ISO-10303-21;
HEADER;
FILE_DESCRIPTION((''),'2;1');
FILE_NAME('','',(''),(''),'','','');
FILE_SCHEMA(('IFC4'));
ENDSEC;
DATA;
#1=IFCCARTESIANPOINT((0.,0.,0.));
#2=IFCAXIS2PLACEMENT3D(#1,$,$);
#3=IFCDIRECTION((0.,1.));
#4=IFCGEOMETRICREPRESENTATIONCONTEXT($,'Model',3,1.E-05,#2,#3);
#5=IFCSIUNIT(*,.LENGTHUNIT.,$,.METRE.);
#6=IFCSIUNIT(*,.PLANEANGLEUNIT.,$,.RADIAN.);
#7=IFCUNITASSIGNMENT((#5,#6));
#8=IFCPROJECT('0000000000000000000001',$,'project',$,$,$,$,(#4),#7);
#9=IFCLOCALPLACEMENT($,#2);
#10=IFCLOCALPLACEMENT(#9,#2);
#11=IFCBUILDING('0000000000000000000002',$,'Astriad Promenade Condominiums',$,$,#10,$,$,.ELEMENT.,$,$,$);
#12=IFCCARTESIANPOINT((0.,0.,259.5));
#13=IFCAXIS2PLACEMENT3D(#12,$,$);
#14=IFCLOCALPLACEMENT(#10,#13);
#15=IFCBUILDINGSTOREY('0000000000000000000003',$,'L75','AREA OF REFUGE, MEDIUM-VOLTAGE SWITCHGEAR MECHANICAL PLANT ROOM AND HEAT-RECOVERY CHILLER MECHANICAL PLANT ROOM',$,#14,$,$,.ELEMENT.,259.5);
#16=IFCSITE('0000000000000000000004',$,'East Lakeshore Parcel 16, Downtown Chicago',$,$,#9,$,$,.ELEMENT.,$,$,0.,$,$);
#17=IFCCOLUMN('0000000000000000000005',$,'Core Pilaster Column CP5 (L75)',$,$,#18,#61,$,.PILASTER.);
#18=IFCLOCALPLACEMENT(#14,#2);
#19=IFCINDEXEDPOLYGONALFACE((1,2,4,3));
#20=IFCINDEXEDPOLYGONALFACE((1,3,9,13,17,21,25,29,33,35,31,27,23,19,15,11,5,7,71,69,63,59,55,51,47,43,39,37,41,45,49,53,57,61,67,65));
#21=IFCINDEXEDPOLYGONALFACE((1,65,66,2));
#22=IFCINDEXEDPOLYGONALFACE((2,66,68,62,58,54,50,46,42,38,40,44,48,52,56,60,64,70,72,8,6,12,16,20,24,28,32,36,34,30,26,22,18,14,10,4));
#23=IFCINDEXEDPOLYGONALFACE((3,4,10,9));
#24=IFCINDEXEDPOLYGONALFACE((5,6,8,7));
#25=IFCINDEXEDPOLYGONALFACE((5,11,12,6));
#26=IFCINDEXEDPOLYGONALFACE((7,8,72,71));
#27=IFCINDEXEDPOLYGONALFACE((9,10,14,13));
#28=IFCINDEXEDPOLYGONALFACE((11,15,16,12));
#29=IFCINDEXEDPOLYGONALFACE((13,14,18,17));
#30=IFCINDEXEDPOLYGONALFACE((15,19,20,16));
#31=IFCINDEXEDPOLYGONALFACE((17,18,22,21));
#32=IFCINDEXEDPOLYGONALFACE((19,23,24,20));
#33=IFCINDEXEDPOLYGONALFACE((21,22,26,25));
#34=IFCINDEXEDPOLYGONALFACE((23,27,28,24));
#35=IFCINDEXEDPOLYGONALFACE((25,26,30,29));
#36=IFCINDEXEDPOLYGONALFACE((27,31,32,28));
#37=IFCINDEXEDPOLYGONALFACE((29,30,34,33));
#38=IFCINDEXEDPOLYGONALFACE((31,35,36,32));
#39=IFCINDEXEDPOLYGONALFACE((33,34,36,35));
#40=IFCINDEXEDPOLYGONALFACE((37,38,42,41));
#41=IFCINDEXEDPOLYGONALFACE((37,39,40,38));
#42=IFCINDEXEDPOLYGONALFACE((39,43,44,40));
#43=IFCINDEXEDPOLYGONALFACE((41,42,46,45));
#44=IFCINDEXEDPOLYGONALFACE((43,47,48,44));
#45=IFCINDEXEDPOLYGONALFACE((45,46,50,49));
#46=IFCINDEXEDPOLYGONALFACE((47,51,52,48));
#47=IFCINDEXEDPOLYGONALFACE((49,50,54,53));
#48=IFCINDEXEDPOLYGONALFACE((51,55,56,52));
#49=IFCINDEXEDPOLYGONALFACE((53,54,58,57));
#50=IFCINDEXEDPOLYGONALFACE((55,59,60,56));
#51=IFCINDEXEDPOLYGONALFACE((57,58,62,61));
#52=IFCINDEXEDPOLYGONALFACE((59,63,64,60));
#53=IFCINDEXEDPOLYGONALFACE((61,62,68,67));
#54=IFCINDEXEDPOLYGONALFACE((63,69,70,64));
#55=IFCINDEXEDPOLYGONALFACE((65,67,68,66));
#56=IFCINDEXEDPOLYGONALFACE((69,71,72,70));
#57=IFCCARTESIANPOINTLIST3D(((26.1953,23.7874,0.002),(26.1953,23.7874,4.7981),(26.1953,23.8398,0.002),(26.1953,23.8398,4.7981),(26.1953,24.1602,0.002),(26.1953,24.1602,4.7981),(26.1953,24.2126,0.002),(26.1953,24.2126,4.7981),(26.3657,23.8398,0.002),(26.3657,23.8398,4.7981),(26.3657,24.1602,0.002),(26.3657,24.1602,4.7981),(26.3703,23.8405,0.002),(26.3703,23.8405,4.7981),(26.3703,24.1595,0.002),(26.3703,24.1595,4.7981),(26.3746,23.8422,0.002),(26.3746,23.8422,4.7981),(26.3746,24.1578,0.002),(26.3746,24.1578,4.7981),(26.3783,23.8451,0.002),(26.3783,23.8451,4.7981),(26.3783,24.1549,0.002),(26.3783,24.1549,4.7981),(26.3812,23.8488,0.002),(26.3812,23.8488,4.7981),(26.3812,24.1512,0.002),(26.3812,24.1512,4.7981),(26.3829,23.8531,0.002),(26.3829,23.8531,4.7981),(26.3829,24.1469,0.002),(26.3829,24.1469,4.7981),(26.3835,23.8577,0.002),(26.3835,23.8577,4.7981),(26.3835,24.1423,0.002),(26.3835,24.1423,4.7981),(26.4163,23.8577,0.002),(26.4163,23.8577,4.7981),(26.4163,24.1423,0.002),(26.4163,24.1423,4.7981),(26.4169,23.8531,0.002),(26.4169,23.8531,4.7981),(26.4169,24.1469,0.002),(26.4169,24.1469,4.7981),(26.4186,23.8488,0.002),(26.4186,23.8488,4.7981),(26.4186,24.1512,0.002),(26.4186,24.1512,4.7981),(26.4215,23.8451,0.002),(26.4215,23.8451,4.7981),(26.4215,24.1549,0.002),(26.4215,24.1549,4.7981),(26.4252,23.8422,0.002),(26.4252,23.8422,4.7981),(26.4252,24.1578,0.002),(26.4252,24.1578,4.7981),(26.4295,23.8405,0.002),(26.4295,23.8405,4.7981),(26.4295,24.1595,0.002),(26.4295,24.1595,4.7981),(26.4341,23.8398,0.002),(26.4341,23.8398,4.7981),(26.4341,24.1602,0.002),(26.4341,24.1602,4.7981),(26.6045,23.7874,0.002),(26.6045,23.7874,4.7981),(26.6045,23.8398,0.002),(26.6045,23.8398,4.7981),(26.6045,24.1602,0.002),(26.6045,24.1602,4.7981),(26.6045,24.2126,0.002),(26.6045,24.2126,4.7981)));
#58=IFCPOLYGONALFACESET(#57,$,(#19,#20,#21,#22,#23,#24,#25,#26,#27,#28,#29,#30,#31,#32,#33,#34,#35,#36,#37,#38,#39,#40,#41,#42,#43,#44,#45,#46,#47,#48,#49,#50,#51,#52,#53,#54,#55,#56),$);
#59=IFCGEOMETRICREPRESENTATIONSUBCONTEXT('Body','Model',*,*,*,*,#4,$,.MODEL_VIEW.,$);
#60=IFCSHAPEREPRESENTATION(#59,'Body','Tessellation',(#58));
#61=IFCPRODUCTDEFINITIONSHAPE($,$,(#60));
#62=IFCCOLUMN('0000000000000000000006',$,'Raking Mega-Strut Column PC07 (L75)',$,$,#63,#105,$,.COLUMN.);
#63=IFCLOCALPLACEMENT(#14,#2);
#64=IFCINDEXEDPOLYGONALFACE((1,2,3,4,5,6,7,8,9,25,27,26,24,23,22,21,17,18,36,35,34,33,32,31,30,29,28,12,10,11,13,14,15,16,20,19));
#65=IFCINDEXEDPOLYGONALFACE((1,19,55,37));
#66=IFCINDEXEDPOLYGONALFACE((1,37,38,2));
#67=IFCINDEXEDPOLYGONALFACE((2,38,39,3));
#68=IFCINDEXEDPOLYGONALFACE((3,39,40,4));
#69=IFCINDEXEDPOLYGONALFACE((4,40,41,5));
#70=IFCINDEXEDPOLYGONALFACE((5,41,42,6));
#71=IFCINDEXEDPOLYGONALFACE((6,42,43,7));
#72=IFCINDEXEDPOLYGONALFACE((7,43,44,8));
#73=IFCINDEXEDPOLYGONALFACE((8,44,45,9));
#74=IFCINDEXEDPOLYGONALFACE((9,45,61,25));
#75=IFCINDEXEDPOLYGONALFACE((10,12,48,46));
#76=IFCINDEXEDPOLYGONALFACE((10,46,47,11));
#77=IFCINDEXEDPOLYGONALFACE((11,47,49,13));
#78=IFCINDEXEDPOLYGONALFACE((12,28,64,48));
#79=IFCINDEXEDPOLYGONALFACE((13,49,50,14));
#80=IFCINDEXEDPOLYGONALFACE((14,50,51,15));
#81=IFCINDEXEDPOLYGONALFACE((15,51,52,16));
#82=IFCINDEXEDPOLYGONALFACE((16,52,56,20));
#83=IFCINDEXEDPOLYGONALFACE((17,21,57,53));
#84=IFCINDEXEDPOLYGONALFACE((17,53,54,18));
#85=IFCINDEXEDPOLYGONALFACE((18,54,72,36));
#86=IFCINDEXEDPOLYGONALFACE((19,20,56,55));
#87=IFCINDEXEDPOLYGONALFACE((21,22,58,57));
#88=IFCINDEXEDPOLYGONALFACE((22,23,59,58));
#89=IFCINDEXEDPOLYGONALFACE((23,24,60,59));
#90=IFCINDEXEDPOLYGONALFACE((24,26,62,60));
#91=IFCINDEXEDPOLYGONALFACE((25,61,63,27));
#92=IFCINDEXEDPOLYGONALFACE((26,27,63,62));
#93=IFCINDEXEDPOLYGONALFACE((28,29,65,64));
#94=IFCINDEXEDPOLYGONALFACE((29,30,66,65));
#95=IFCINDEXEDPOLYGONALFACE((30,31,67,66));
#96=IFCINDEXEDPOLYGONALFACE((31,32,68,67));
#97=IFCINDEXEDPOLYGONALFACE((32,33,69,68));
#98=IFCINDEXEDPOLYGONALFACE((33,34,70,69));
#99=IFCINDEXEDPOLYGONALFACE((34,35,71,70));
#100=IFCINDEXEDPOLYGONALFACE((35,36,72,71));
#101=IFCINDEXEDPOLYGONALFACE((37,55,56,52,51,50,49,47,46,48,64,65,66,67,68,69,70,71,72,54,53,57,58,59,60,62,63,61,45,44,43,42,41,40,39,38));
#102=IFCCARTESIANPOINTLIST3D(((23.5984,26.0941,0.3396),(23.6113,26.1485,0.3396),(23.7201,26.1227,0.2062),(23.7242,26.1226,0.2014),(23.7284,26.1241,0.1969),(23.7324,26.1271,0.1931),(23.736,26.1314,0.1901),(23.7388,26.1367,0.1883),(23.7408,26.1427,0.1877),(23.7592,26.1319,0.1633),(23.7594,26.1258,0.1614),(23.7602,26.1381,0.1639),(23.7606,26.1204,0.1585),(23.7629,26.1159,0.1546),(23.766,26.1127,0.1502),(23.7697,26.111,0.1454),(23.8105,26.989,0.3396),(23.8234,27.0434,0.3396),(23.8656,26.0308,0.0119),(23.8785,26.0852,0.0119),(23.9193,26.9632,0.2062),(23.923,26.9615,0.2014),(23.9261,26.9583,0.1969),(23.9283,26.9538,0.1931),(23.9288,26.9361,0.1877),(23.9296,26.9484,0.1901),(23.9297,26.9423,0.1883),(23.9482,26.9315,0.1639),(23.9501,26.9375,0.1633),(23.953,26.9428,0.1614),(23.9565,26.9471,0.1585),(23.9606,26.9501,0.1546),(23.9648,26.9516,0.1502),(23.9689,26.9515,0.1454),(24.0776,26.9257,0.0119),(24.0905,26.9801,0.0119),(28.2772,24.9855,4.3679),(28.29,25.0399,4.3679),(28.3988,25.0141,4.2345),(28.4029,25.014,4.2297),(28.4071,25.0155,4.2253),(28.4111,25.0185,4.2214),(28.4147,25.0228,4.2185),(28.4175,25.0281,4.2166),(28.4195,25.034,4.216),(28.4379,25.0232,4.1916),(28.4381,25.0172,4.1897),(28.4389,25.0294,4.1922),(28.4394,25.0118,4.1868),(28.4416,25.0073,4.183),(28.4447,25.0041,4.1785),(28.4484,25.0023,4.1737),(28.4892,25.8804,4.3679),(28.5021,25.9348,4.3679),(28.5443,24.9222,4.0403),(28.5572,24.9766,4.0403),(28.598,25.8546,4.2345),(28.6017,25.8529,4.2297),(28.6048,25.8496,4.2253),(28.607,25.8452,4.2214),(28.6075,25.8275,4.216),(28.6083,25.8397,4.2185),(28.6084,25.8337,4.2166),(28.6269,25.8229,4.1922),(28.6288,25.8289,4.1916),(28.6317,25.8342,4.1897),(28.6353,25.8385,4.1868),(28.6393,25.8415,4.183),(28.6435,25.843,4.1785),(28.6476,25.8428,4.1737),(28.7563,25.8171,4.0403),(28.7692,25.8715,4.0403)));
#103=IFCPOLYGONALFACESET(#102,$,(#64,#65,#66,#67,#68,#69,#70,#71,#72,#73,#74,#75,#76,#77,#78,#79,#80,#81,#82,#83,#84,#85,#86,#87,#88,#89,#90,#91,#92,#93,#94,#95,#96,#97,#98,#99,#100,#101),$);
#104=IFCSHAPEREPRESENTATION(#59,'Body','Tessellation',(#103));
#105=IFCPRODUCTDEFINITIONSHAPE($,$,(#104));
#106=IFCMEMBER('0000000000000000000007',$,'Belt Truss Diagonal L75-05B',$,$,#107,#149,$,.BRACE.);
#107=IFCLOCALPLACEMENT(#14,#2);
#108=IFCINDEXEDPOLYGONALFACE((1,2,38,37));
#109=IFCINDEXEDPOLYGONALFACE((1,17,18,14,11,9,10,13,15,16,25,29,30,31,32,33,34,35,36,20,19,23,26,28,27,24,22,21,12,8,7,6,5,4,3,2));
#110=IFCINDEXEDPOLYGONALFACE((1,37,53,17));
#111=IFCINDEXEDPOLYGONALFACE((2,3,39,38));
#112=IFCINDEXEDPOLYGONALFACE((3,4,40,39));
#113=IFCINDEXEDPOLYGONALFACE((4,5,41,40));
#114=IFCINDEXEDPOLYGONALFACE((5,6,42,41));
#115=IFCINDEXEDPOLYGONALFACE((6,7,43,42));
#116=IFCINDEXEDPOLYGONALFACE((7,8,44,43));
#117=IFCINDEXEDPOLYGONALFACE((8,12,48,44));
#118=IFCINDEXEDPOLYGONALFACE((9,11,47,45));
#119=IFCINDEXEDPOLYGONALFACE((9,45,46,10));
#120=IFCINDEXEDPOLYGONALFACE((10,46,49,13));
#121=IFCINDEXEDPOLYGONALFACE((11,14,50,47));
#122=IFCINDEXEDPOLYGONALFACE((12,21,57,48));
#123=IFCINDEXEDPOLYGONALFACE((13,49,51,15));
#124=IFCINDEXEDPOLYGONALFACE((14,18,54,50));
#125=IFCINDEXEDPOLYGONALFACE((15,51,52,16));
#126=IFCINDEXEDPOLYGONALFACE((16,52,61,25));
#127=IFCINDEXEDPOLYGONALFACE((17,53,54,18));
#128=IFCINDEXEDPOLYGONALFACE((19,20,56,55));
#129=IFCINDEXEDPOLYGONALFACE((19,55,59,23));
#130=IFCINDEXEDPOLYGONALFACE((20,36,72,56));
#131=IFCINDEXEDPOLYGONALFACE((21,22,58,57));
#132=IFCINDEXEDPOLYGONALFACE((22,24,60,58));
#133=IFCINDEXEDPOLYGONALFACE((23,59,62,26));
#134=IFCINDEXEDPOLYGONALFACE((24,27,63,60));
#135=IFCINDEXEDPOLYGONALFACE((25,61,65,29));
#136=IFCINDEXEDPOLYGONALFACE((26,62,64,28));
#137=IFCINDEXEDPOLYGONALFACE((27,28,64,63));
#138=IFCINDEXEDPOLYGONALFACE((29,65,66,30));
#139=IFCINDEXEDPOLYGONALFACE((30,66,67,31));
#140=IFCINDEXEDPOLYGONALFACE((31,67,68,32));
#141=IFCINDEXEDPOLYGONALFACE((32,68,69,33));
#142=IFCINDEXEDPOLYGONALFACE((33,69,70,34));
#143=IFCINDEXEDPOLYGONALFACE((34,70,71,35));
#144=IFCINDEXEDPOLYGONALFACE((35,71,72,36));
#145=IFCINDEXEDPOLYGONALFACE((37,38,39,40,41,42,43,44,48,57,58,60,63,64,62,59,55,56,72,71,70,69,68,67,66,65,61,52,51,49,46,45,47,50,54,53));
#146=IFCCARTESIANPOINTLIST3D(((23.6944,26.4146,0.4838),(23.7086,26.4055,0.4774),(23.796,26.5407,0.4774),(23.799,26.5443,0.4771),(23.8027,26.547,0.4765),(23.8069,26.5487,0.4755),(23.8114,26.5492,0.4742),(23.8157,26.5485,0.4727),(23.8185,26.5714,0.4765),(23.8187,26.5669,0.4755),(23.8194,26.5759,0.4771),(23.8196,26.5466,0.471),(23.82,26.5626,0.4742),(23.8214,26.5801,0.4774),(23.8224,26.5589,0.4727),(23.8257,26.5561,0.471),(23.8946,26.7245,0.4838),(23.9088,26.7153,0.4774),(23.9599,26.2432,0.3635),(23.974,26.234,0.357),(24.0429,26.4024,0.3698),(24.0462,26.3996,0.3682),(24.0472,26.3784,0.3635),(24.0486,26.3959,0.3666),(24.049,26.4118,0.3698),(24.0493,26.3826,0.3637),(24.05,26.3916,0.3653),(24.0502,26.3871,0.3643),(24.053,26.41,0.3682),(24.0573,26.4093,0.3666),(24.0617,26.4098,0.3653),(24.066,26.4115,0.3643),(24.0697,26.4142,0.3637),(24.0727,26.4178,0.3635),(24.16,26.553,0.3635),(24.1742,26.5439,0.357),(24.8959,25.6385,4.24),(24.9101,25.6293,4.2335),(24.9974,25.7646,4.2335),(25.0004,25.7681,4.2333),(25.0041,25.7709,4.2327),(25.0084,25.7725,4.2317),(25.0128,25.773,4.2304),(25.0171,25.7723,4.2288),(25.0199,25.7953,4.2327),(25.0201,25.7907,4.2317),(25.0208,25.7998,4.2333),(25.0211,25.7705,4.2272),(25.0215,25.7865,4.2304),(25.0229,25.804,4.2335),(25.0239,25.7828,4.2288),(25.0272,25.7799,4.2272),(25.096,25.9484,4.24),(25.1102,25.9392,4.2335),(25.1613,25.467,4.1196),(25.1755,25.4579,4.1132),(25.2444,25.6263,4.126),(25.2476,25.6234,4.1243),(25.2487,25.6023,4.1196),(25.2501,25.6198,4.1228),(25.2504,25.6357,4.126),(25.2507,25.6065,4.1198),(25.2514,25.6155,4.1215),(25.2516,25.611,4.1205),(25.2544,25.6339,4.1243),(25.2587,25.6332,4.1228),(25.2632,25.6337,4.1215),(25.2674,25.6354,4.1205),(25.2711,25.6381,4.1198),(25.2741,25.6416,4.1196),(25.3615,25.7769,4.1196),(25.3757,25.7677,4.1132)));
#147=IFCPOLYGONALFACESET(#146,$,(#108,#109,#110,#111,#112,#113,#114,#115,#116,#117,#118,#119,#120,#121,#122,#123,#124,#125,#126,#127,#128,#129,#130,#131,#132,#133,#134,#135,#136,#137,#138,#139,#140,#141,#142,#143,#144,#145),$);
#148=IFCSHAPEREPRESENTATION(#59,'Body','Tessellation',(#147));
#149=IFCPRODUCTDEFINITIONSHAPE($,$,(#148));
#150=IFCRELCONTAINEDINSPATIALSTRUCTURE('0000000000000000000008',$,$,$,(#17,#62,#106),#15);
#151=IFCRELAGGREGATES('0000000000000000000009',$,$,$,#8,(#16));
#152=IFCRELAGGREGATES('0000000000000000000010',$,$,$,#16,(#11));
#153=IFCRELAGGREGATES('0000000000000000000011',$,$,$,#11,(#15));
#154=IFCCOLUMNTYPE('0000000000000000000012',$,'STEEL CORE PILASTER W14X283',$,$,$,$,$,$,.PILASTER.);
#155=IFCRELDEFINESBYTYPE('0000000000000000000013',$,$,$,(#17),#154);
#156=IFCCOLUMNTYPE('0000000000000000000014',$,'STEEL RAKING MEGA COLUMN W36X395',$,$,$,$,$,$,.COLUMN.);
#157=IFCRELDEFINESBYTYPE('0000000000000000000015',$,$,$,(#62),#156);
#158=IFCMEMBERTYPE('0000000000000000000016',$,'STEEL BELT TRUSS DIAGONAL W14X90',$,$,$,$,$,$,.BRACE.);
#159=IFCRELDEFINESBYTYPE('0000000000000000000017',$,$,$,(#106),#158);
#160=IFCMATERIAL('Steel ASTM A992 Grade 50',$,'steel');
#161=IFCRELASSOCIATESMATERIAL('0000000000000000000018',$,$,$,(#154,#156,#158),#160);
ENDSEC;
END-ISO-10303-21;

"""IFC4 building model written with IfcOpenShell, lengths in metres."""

from ifc_helpers import new_model, si_unit, direction, frame, origin, origin_2d, place, context, subcontext, project, spatial, i_section, extrude, source, transform, mapped, material, material_profile, profile_set, type_object, type_shapes, element, save


model = new_model("IFC4")

# Units and contexts
model_context = context("Model", 3, precision=1e-05, world=origin(), true_north=direction((0.0, 1.0)))
body_context = subcontext(model_context, "Body", "Model", "MODEL_VIEW")
ifc_project = project(units=[si_unit("LENGTHUNIT", "METRE"), si_unit("PLANEANGLEUNIT", "RADIAN")], contexts=[model_context])

# Site, building, storey
site_placement = place(None, origin())
site = spatial("IfcSite", under=ifc_project, at=site_placement, Name="East Lakeshore Parcel 16, Downtown Chicago", CompositionType="ELEMENT", RefElevation=0.0)
building_placement = place(site_placement, origin())
building = spatial("IfcBuilding", under=site, at=building_placement, Name="Astriad Promenade Condominiums", CompositionType="ELEMENT")
storey_placement = place(building_placement, frame((0.0, 0.0, 259.5)))
storey = spatial("IfcBuildingStorey", under=building, at=storey_placement, Name="L75", Description="AREA OF REFUGE, MEDIUM-VOLTAGE SWITCHGEAR MECHANICAL PLANT ROOM AND HEAT-RECOVERY CHILLER MECHANICAL PLANT ROOM", CompositionType="ELEMENT", Elevation=259.5)

# Columns
ifc_material_1 = material(Name="Steel ASTM A992 Grade 50", Category="steel")
ifc_material_profile_1 = material_profile(ifc_material_1, i_section(OverallWidth=0.4092, OverallDepth=0.4253, WebThickness=0.0327, FlangeThickness=0.0525, FilletRadius=0.0178, at=origin_2d()), Name="W14X283")
ifc_profile_set_1 = profile_set([ifc_material_profile_1], Name="Steel ASTM A992 Grade 50")
column_type_1 = type_object("IfcColumnType", Name="STEEL CORE PILASTER W14X283", PredefinedType="PILASTER", material=ifc_profile_set_1)
shared_shape_1 = source(origin(), body_context, "Body", "SweptSolid", [
    extrude(i_section(OverallWidth=0.4092, OverallDepth=0.4253, WebThickness=0.0327, FlangeThickness=0.0525, FilletRadius=0.0178, at=origin_2d()), origin(), (0.0, 0.0, 1.0), 4.7961),
])
type_shapes(column_type_1, [shared_shape_1])
column_1_placement = place(storey_placement, frame((26.3999, 24.0, 0.002), z_axis=(0.0, 0.0, 1.0), x_axis=(1.0, 0.0, 0.0)))
element("IfcColumn", 1, at=column_1_placement, inside=storey, type_object=column_type_1, Name="Core Pilaster Column CP5 (L75)", PredefinedType="PILASTER", context=body_context, shape_type="MappedRepresentation", body=[
    mapped(shared_shape_1, transform((0.0, 0.0, 0.0), scale=1.0)),
])
ifc_material_profile_2 = material_profile(ifc_material_1, i_section(OverallWidth=0.4275, OverallDepth=0.9756, WebThickness=0.031, FlangeThickness=0.0559, FilletRadius=0.0242, at=origin_2d()), Name="W36X395")
ifc_profile_set_2 = profile_set([ifc_material_profile_2], Name="Steel ASTM A992 Grade 50")
column_type_2 = type_object("IfcColumnType", Name="STEEL RAKING MEGA COLUMN W36X395", PredefinedType="COLUMN", material=ifc_profile_set_2)
shared_shape_2 = source(origin(), body_context, "Body", "SweptSolid", [
    extrude(i_section(OverallWidth=0.4275, OverallDepth=0.9756, WebThickness=0.031, FlangeThickness=0.0559, FilletRadius=0.0242, at=origin_2d()), origin(), (0.0, 0.0, 1.0), 6.2727),
])
type_shapes(column_type_2, [shared_shape_2])
column_2_placement = place(storey_placement, frame((23.8445, 26.5371, 0.1758), z_axis=(0.745884, -0.176741, 0.642199), x_axis=(-0.624895, 0.148072, 0.766538)))
element("IfcColumn", 2, at=column_2_placement, inside=storey, type_object=column_type_2, Name="Raking Mega-Strut Column PC07 (L75)", PredefinedType="COLUMN", context=body_context, shape_type="MappedRepresentation", body=[
    mapped(shared_shape_2, transform((0.0, 0.0, 0.0), scale=1.0)),
])

# Member
ifc_material_profile_3 = material_profile(ifc_material_1, i_section(OverallWidth=0.3689, OverallDepth=0.3562, WebThickness=0.0112, FlangeThickness=0.0181, FilletRadius=0.0178, at=origin_2d()), Name="W14X90")
ifc_profile_set_3 = profile_set([ifc_material_profile_3], Name="Steel ASTM A992 Grade 50")
member_type_1 = type_object("IfcMemberType", Name="STEEL BELT TRUSS DIAGONAL W14X90", PredefinedType="BRACE", material=ifc_profile_set_3)
shared_shape_3 = source(origin(), body_context, "Body", "SweptSolid", [
    extrude(i_section(OverallWidth=0.3689, OverallDepth=0.3562, WebThickness=0.0112, FlangeThickness=0.0181, FilletRadius=0.0178, at=origin_2d()), origin(), (0.0, 0.0, 1.0), 4.0193),
])
member_1_placement = place(storey_placement, frame((23.9343, 26.4792, 0.4204), z_axis=(0.298918, -0.193103, 0.934537), x_axis=(0.542628, 0.839973, 0.0)))
element("IfcMember", 3, at=member_1_placement, inside=storey, type_object=member_type_1, Name="Belt Truss Diagonal L75-05B", PredefinedType="BRACE", context=body_context, shape_type="MappedRepresentation", body=[
    mapped(shared_shape_3, transform((0.0, 0.0, 0.0), scale=1.0)),
])

save(model, "model.ifc")
